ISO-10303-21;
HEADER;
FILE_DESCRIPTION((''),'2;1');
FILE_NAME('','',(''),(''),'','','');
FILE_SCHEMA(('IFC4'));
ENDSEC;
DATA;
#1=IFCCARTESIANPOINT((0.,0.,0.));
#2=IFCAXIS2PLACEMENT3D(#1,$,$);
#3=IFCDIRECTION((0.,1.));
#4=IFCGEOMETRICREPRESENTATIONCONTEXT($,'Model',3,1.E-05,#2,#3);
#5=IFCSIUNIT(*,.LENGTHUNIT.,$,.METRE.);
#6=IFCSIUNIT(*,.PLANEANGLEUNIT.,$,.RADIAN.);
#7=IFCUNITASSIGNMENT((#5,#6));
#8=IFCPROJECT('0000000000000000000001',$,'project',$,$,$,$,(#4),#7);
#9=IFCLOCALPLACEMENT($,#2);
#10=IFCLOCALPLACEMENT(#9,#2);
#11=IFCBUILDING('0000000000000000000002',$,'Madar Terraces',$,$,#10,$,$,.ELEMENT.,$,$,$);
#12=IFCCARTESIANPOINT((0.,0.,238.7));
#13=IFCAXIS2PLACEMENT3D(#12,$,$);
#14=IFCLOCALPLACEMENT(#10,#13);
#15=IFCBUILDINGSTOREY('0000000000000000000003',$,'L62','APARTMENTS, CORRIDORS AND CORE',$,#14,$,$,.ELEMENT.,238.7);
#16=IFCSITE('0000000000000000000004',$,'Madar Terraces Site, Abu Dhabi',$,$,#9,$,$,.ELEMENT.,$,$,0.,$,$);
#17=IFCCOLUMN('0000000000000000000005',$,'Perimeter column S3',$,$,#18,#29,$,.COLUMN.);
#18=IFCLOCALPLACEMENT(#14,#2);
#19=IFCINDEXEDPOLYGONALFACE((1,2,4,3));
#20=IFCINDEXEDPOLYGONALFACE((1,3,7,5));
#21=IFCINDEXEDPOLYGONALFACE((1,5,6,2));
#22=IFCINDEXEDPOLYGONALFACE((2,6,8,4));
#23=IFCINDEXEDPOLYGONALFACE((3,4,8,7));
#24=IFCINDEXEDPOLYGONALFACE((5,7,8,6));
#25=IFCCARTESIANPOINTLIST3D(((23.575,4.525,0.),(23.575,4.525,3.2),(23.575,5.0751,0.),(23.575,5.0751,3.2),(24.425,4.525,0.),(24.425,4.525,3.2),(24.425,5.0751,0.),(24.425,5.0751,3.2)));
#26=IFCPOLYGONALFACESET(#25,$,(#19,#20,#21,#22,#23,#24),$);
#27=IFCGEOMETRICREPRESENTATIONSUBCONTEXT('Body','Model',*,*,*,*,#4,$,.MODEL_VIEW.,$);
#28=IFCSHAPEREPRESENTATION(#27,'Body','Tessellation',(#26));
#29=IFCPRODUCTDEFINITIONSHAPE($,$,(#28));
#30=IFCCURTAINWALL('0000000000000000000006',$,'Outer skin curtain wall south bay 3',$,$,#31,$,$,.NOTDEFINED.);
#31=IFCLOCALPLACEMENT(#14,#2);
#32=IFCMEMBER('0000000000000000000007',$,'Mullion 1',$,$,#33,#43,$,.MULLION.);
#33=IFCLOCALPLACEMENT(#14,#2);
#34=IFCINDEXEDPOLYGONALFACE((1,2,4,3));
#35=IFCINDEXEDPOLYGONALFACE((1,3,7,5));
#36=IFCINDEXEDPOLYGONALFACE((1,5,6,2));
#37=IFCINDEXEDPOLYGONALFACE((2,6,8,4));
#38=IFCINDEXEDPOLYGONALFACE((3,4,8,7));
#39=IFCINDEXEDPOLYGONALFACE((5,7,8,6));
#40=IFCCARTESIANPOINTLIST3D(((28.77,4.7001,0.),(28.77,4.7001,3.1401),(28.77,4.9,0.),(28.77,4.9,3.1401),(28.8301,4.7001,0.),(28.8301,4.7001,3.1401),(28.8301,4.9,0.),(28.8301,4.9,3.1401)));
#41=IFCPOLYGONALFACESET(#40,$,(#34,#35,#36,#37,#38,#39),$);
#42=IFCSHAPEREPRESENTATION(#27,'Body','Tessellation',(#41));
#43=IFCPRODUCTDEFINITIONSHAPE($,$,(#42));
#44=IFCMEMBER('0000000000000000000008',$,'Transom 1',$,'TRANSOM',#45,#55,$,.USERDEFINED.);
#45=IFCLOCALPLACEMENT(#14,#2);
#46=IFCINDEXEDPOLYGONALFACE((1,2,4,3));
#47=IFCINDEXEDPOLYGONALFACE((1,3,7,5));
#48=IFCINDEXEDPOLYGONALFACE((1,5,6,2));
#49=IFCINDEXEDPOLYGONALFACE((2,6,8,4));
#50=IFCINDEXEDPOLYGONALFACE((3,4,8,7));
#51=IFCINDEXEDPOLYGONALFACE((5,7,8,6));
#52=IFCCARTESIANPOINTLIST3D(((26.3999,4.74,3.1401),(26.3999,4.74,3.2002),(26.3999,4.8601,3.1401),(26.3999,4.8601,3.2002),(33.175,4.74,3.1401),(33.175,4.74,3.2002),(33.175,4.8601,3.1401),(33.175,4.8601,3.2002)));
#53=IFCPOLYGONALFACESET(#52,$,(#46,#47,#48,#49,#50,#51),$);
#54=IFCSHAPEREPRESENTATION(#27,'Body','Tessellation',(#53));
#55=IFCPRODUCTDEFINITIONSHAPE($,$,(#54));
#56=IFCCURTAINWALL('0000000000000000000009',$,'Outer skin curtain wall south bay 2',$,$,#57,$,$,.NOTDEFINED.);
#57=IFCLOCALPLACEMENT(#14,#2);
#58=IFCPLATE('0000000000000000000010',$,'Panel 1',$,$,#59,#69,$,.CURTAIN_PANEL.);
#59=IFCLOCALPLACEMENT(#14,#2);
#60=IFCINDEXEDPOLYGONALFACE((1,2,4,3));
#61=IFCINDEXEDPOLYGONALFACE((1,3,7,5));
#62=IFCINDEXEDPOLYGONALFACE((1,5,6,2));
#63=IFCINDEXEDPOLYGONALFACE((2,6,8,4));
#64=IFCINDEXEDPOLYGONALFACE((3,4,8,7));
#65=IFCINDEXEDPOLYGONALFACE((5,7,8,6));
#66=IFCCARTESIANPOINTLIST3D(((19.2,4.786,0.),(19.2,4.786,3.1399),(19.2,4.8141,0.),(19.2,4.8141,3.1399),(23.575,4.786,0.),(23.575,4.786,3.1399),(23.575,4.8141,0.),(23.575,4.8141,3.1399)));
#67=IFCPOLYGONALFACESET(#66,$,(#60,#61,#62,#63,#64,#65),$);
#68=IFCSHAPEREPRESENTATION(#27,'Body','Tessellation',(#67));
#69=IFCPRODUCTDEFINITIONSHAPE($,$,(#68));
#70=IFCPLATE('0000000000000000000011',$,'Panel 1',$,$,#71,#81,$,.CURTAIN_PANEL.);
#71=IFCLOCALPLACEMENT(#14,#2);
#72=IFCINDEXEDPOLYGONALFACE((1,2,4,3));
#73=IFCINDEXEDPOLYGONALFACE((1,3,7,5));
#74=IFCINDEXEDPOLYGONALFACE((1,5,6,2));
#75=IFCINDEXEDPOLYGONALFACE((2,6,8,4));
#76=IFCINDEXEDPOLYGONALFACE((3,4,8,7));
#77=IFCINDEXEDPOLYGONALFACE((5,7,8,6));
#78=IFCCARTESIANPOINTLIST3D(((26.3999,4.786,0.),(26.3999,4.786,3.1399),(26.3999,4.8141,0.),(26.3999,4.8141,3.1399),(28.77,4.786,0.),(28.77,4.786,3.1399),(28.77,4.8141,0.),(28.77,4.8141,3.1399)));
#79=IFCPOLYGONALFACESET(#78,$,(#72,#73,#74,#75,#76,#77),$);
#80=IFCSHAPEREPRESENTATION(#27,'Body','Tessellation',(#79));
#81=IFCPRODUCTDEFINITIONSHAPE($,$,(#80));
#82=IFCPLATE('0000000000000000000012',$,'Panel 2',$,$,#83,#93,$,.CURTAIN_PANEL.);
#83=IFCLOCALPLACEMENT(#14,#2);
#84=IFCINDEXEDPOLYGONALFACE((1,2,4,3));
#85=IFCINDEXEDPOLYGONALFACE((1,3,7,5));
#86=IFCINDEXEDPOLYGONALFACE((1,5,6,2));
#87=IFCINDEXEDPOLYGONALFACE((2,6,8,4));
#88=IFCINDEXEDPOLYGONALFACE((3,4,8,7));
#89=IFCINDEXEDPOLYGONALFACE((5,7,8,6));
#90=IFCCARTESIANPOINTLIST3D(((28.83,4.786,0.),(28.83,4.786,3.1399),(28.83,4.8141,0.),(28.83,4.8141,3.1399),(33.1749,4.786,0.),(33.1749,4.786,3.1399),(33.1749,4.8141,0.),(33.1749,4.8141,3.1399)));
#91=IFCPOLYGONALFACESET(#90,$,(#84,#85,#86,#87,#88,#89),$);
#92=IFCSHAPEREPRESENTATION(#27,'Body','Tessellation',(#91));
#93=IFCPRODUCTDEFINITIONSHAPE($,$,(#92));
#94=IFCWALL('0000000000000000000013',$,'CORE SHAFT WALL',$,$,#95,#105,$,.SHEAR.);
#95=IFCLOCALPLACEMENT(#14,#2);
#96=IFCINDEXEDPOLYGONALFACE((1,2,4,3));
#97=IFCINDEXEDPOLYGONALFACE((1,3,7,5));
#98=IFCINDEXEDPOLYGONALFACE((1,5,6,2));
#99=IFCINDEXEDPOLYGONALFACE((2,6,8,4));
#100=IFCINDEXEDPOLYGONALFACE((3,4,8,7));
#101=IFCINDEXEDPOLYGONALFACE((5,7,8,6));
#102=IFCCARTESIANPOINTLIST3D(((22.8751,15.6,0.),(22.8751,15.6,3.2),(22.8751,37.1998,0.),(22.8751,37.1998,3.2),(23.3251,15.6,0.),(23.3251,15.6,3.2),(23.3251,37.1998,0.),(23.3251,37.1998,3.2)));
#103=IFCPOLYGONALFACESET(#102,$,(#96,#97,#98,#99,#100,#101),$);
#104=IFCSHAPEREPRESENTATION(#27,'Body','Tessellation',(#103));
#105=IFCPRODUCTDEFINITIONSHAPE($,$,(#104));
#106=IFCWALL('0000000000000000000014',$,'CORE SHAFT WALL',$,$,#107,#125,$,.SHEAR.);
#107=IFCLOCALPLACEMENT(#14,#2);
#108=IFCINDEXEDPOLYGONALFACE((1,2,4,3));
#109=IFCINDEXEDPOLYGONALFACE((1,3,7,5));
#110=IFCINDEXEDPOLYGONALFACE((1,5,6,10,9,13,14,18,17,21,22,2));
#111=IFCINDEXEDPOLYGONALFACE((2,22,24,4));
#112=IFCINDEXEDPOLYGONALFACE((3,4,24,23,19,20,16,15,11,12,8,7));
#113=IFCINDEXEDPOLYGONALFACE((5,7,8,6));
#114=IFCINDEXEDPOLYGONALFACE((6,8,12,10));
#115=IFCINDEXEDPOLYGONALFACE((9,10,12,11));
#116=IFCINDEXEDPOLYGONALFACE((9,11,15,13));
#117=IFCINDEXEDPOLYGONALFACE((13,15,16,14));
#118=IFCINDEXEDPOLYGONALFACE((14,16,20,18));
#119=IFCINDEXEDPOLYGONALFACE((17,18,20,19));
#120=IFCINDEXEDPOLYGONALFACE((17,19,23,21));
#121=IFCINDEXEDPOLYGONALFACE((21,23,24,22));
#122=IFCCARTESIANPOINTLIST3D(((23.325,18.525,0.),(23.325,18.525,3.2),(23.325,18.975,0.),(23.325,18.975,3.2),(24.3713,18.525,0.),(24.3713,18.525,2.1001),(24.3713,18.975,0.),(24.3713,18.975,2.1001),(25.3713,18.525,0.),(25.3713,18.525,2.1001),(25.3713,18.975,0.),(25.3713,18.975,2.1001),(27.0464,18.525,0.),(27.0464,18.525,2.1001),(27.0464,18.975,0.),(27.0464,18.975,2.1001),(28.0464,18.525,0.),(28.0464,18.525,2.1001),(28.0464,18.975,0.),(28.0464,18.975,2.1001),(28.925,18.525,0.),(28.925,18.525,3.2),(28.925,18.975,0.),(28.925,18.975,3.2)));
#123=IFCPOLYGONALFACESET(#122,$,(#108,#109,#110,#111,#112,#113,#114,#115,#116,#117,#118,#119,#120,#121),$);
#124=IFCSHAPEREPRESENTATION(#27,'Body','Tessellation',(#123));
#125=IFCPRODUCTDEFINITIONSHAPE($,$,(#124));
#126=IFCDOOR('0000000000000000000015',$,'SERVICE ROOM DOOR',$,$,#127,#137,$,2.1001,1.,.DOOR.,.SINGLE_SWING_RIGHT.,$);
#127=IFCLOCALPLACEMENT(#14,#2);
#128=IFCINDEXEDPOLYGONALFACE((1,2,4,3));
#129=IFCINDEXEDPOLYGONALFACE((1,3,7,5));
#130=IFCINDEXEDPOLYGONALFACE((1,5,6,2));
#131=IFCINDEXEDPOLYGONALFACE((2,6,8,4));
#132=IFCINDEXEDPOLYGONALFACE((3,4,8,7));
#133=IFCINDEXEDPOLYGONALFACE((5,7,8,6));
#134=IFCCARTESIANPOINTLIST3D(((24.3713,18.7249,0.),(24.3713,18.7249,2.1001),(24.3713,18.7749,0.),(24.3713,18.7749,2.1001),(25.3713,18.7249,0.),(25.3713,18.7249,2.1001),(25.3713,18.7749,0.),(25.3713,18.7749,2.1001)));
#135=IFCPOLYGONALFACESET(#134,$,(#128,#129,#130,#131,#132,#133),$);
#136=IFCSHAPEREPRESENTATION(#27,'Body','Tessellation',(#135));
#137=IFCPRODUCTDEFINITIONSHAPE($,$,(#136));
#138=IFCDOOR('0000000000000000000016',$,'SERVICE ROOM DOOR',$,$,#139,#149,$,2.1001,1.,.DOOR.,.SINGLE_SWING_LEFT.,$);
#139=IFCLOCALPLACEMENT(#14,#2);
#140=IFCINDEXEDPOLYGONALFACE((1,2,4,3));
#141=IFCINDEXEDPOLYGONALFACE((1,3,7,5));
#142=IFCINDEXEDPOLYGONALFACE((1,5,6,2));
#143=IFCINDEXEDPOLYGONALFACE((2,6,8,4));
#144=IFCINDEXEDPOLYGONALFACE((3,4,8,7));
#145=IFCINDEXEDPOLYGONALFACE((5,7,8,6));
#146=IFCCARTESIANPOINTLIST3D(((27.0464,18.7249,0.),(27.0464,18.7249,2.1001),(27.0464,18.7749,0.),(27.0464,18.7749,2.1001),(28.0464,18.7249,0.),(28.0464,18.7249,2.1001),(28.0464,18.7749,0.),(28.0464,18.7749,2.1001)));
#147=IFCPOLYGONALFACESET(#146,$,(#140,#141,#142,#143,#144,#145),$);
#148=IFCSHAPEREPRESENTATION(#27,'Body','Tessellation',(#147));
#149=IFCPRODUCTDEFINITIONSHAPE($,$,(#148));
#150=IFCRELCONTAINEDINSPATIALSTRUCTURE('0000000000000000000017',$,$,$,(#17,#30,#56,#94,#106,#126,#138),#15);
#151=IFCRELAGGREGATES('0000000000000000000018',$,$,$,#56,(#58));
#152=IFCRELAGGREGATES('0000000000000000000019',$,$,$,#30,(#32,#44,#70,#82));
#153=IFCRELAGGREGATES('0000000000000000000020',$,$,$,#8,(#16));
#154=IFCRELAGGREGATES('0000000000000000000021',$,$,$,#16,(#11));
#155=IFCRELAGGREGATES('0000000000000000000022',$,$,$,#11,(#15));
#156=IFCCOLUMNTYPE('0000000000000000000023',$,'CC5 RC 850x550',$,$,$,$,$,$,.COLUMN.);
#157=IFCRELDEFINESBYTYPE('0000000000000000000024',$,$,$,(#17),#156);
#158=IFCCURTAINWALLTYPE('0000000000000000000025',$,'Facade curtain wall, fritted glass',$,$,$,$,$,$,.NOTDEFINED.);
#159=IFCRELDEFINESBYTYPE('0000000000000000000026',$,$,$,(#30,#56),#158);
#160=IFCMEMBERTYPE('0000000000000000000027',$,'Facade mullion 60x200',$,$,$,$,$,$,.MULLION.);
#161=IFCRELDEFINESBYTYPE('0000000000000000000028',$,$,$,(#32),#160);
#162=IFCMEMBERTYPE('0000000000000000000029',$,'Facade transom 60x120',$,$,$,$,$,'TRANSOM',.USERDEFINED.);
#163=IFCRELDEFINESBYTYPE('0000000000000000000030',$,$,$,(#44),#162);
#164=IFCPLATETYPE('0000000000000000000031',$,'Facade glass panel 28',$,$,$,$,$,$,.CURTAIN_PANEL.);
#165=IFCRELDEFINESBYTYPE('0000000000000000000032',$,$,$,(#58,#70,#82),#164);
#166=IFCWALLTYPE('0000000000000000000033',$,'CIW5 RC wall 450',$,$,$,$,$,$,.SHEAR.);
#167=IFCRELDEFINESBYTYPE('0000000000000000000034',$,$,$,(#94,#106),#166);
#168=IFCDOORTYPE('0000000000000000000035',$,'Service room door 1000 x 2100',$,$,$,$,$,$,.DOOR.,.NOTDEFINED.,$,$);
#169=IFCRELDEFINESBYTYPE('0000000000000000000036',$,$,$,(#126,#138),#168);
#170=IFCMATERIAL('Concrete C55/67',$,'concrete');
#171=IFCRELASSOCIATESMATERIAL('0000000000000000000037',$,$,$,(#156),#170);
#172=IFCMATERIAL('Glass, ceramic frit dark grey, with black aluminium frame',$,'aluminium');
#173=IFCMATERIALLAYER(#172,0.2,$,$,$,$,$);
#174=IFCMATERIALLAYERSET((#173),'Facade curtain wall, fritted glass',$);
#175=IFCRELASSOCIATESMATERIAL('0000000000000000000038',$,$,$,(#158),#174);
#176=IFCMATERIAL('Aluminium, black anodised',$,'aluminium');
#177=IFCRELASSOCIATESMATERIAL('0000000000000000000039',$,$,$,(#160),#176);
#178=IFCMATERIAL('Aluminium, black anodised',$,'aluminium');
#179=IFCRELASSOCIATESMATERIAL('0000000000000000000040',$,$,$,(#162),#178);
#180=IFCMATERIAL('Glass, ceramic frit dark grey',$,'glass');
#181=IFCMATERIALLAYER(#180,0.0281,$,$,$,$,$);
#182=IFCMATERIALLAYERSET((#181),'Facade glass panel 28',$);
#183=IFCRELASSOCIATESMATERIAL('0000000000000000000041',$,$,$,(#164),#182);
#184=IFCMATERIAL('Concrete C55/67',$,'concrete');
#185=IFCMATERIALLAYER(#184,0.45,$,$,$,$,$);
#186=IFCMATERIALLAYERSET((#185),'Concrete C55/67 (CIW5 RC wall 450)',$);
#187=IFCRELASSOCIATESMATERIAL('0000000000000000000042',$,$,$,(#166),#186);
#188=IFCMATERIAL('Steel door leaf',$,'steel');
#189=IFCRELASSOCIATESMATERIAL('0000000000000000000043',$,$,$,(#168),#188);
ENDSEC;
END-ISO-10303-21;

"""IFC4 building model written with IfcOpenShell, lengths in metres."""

from ifc_helpers import new_model, si_unit, direction, frame, frame_2d, origin, origin_2d, place, context, subcontext, project, spatial, rectangle, extrude, material, layer, layer_set, material_profile, profile_set, type_object, element, fill, aggregate, save


model = new_model("IFC4")

# Units and contexts
model_context = context("Model", 3, precision=1e-05, world=origin(), true_north=direction((0.0, 1.0)))
body_context = subcontext(model_context, "Body", "Model", "MODEL_VIEW")
ifc_project = project(units=[si_unit("LENGTHUNIT", "METRE"), si_unit("PLANEANGLEUNIT", "RADIAN")], contexts=[model_context])

# Site, building, storey
site_placement = place(None, origin())
site = spatial("IfcSite", under=ifc_project, at=site_placement, Name="Madar Terraces Site, Abu Dhabi", CompositionType="ELEMENT", RefElevation=0.0)
building_placement = place(site_placement, origin())
building = spatial("IfcBuilding", under=site, at=building_placement, Name="Madar Terraces", CompositionType="ELEMENT")
storey_placement = place(building_placement, frame((0.0, 0.0, 238.7)))
storey = spatial("IfcBuildingStorey", under=building, at=storey_placement, Name="L62", Description="APARTMENTS, CORRIDORS AND CORE", CompositionType="ELEMENT", Elevation=238.7)

# Column
ifc_material_1 = material(Name="Concrete C55/67", Category="concrete")
ifc_material_profile_1 = material_profile(ifc_material_1, rectangle(XDim=0.8501, YDim=0.55, at=origin_2d()), Name="CC5 RC 850x550")
ifc_profile_set_1 = profile_set([ifc_material_profile_1], Name="Concrete C55/67")
column_type = type_object("IfcColumnType", Name="CC5 RC 850x550", PredefinedType="COLUMN", material=ifc_profile_set_1)
column_placement = place(storey_placement, frame((24.0, 4.8, 0.0), z_axis=(0.0, 0.0, 1.0), x_axis=(1.0, 0.0, 0.0)))
element("IfcColumn", 1, at=column_placement, inside=storey, type_object=column_type, Name="Perimeter column S3", PredefinedType="COLUMN", context=body_context, shape_type="SweptSolid", body=[
    extrude(rectangle(XDim=0.8501, YDim=0.55, at=origin_2d()), origin(), (0.0, 0.0, 1.0), 3.2),
])

# Curtain wall, members
ifc_material_2 = material(Name="Glass, ceramic frit dark grey, with black aluminium frame", Category="aluminium")
ifc_layer_1 = layer(ifc_material_2, 0.2)
ifc_layer_set_1 = layer_set([ifc_layer_1], Name="Facade curtain wall, fritted glass")
curtain_wall_type = type_object("IfcCurtainWallType", Name="Facade curtain wall, fritted glass", PredefinedType="NOTDEFINED", material=ifc_layer_set_1)
curtain_wall_1_placement = place(storey_placement, origin())
curtain_wall_1 = element("IfcCurtainWall", 2, at=curtain_wall_1_placement, inside=storey, type_object=curtain_wall_type, Name="Outer skin curtain wall south bay 3", PredefinedType="NOTDEFINED")
ifc_material_3 = material(Name="Aluminium, black anodised", Category="aluminium")
ifc_material_profile_2 = material_profile(ifc_material_3, rectangle(XDim=0.2, YDim=0.0601, at=origin_2d()), Name="Facade mullion 60x200")
ifc_profile_set_2 = profile_set([ifc_material_profile_2], Name="Aluminium, black anodised")
member_type_1 = type_object("IfcMemberType", Name="Facade mullion 60x200", PredefinedType="MULLION", material=ifc_profile_set_2)
member_1_placement = place(storey_placement, frame((28.8, 4.8, 0.0), z_axis=(0.0, 0.0, 1.0), x_axis=(0.0, 1.0, 0.0)))
member_1 = element("IfcMember", 3, at=member_1_placement, type_object=member_type_1, Name="Mullion 1", PredefinedType="MULLION", context=body_context, shape_type="SweptSolid", body=[
    extrude(rectangle(XDim=0.2, YDim=0.0601, at=origin_2d()), origin(), (0.0, 0.0, 1.0), 3.1401),
])
ifc_material_4 = material(Name="Aluminium, black anodised", Category="aluminium")
ifc_material_profile_3 = material_profile(ifc_material_4, rectangle(XDim=0.1201, YDim=0.0601, at=origin_2d()), Name="Facade transom 60x120")
ifc_profile_set_3 = profile_set([ifc_material_profile_3], Name="Aluminium, black anodised")
member_type_2 = type_object("IfcMemberType", Name="Facade transom 60x120", ElementType="TRANSOM", PredefinedType="USERDEFINED", material=ifc_profile_set_3)
member_2_placement = place(storey_placement, frame((26.3999, 4.8, 3.1702), z_axis=(1.0, 0.0, 0.0), x_axis=(0.0, 1.0, 0.0)))
member_2 = element("IfcMember", 4, at=member_2_placement, type_object=member_type_2, Name="Transom 1", ObjectType="TRANSOM", PredefinedType="USERDEFINED", context=body_context, shape_type="SweptSolid", body=[
    extrude(rectangle(XDim=0.1201, YDim=0.0601, at=origin_2d()), origin(), (0.0, 0.0, 1.0), 6.7751),
])

# Curtain wall, plate
curtain_wall_2_placement = place(storey_placement, origin())
curtain_wall_2 = element("IfcCurtainWall", 5, at=curtain_wall_2_placement, inside=storey, type_object=curtain_wall_type, Name="Outer skin curtain wall south bay 2", PredefinedType="NOTDEFINED")
ifc_material_5 = material(Name="Glass, ceramic frit dark grey", Category="glass")
ifc_layer_2 = layer(ifc_material_5, 0.0281)
ifc_layer_set_2 = layer_set([ifc_layer_2], Name="Facade glass panel 28")
plate_type = type_object("IfcPlateType", Name="Facade glass panel 28", PredefinedType="CURTAIN_PANEL", material=ifc_layer_set_2)
plate_1_placement = place(storey_placement, frame((21.3875, 4.8, 0.0), z_axis=(0.0, 0.0, 1.0), x_axis=(1.0, 0.0, 0.0)))
plate_1 = element("IfcPlate", 6, at=plate_1_placement, type_object=plate_type, Name="Panel 1", PredefinedType="CURTAIN_PANEL", context=body_context, shape_type="SweptSolid", body=[
    extrude(rectangle(XDim=4.375, YDim=0.0281, at=origin_2d()), origin(), (0.0, 0.0, 1.0), 3.1399),
])
aggregate(curtain_wall_2, [plate_1])

# Plates
plate_2_placement = place(storey_placement, frame((27.585, 4.8, 0.0), z_axis=(0.0, 0.0, 1.0), x_axis=(1.0, 0.0, 0.0)))
plate_2 = element("IfcPlate", 7, at=plate_2_placement, type_object=plate_type, Name="Panel 1", PredefinedType="CURTAIN_PANEL", context=body_context, shape_type="SweptSolid", body=[
    extrude(rectangle(XDim=2.3701, YDim=0.0281, at=origin_2d()), origin(), (0.0, 0.0, 1.0), 3.1399),
])
plate_3_placement = place(storey_placement, frame((31.0024, 4.8, 0.0), z_axis=(0.0, 0.0, 1.0), x_axis=(1.0, 0.0, 0.0)))
plate_3 = element("IfcPlate", 8, at=plate_3_placement, type_object=plate_type, Name="Panel 2", PredefinedType="CURTAIN_PANEL", context=body_context, shape_type="SweptSolid", body=[
    extrude(rectangle(XDim=4.345, YDim=0.0281, at=origin_2d()), origin(), (0.0, 0.0, 1.0), 3.1399),
])
aggregate(curtain_wall_1, [member_1, member_2, plate_2, plate_3])

# Wall
ifc_material_6 = material(Name="Concrete C55/67", Category="concrete")
ifc_layer_3 = layer(ifc_material_6, 0.45)
ifc_layer_set_3 = layer_set([ifc_layer_3], Name="Concrete C55/67 (CIW5 RC wall 450)")
wall_type_1 = type_object("IfcWallType", Name="CIW5 RC wall 450", PredefinedType="SHEAR", material=ifc_layer_set_3)
wall_1_placement = place(storey_placement, frame((23.1001, 15.6001, 0.0), z_axis=(0.0, 0.0, 1.0), x_axis=(0.0, 1.0, 0.0)))
element("IfcWall", 9, at=wall_1_placement, inside=storey, type_object=wall_type_1, Name="CORE SHAFT WALL", PredefinedType="SHEAR", context=body_context, shape_type="SweptSolid", body=[
    extrude(rectangle(XDim=21.5999, YDim=0.45, at=frame_2d((10.7998, 0.0))), origin(), (0.0, 0.0, 1.0), 3.2),
])

# Wall, openings, doors
wall_2_placement = place(storey_placement, frame((23.325, 18.75, 0.0), z_axis=(0.0, 0.0, 1.0), x_axis=(1.0, 0.0, 0.0)))
wall_2 = element("IfcWall", 10, at=wall_2_placement, inside=storey, type_object=wall_type_1, Name="CORE SHAFT WALL", PredefinedType="SHEAR", context=body_context, shape_type="SweptSolid", body=[
    extrude(rectangle(XDim=5.6001, YDim=0.45, at=frame_2d((2.8, 0.0))), origin(), (0.0, 0.0, 1.0), 3.2),
])
opening_1_placement = place(wall_2_placement, frame((1.0464, 0.0, 0.0)))
opening_1 = element("IfcOpeningElement", 11, at=opening_1_placement, cuts=wall_2, PredefinedType="OPENING", context=body_context, shape_type="SweptSolid", body=[
    extrude(rectangle(XDim=1.0, YDim=2.1001, at=frame_2d((0.5, 1.05))), frame((0.0, 0.2349, 0.0), z_axis=(0.0, -1.0, 0.0), x_axis=(1.0, 0.0, 0.0)), (0.0, 0.0, 1.0), 0.47),
])
opening_2_placement = place(wall_2_placement, frame((3.7214, 0.0, 0.0)))
opening_2 = element("IfcOpeningElement", 12, at=opening_2_placement, cuts=wall_2, PredefinedType="OPENING", context=body_context, shape_type="SweptSolid", body=[
    extrude(rectangle(XDim=1.0, YDim=2.1001, at=frame_2d((0.5, 1.05))), frame((0.0, 0.2349, 0.0), z_axis=(0.0, -1.0, 0.0), x_axis=(1.0, 0.0, 0.0)), (0.0, 0.0, 1.0), 0.47),
])
ifc_material_7 = material(Name="Steel door leaf", Category="steel")
door_type = type_object("IfcDoorType", Name="Service room door 1000 x 2100", OperationType="NOTDEFINED", PredefinedType="DOOR", material=ifc_material_7)
door_1_placement = place(opening_1_placement, origin())
door_1 = element("IfcDoor", 13, at=door_1_placement, inside=storey, type_object=door_type, Name="SERVICE ROOM DOOR", OperationType="SINGLE_SWING_RIGHT", OverallHeight=2.1001, OverallWidth=1.0, PredefinedType="DOOR", context=body_context, shape_type="SweptSolid", body=[
    extrude(rectangle(XDim=1.0, YDim=2.1001, at=frame_2d((0.5, 1.05))), frame((0.0, 0.0249, 0.0), z_axis=(0.0, -1.0, 0.0), x_axis=(1.0, 0.0, 0.0)), (0.0, 0.0, 1.0), 0.05),
])
fill(opening_1, door_1)
door_2_placement = place(opening_2_placement, origin())
door_2 = element("IfcDoor", 14, at=door_2_placement, inside=storey, type_object=door_type, Name="SERVICE ROOM DOOR", OperationType="SINGLE_SWING_LEFT", OverallHeight=2.1001, OverallWidth=1.0, PredefinedType="DOOR", context=body_context, shape_type="SweptSolid", body=[
    extrude(rectangle(XDim=1.0, YDim=2.1001, at=frame_2d((0.5, 1.05))), frame((0.0, 0.0249, 0.0), z_axis=(0.0, -1.0, 0.0), x_axis=(1.0, 0.0, 0.0)), (0.0, 0.0, 1.0), 0.05),
])
fill(opening_2, door_2)

save(model, "model.ifc")
